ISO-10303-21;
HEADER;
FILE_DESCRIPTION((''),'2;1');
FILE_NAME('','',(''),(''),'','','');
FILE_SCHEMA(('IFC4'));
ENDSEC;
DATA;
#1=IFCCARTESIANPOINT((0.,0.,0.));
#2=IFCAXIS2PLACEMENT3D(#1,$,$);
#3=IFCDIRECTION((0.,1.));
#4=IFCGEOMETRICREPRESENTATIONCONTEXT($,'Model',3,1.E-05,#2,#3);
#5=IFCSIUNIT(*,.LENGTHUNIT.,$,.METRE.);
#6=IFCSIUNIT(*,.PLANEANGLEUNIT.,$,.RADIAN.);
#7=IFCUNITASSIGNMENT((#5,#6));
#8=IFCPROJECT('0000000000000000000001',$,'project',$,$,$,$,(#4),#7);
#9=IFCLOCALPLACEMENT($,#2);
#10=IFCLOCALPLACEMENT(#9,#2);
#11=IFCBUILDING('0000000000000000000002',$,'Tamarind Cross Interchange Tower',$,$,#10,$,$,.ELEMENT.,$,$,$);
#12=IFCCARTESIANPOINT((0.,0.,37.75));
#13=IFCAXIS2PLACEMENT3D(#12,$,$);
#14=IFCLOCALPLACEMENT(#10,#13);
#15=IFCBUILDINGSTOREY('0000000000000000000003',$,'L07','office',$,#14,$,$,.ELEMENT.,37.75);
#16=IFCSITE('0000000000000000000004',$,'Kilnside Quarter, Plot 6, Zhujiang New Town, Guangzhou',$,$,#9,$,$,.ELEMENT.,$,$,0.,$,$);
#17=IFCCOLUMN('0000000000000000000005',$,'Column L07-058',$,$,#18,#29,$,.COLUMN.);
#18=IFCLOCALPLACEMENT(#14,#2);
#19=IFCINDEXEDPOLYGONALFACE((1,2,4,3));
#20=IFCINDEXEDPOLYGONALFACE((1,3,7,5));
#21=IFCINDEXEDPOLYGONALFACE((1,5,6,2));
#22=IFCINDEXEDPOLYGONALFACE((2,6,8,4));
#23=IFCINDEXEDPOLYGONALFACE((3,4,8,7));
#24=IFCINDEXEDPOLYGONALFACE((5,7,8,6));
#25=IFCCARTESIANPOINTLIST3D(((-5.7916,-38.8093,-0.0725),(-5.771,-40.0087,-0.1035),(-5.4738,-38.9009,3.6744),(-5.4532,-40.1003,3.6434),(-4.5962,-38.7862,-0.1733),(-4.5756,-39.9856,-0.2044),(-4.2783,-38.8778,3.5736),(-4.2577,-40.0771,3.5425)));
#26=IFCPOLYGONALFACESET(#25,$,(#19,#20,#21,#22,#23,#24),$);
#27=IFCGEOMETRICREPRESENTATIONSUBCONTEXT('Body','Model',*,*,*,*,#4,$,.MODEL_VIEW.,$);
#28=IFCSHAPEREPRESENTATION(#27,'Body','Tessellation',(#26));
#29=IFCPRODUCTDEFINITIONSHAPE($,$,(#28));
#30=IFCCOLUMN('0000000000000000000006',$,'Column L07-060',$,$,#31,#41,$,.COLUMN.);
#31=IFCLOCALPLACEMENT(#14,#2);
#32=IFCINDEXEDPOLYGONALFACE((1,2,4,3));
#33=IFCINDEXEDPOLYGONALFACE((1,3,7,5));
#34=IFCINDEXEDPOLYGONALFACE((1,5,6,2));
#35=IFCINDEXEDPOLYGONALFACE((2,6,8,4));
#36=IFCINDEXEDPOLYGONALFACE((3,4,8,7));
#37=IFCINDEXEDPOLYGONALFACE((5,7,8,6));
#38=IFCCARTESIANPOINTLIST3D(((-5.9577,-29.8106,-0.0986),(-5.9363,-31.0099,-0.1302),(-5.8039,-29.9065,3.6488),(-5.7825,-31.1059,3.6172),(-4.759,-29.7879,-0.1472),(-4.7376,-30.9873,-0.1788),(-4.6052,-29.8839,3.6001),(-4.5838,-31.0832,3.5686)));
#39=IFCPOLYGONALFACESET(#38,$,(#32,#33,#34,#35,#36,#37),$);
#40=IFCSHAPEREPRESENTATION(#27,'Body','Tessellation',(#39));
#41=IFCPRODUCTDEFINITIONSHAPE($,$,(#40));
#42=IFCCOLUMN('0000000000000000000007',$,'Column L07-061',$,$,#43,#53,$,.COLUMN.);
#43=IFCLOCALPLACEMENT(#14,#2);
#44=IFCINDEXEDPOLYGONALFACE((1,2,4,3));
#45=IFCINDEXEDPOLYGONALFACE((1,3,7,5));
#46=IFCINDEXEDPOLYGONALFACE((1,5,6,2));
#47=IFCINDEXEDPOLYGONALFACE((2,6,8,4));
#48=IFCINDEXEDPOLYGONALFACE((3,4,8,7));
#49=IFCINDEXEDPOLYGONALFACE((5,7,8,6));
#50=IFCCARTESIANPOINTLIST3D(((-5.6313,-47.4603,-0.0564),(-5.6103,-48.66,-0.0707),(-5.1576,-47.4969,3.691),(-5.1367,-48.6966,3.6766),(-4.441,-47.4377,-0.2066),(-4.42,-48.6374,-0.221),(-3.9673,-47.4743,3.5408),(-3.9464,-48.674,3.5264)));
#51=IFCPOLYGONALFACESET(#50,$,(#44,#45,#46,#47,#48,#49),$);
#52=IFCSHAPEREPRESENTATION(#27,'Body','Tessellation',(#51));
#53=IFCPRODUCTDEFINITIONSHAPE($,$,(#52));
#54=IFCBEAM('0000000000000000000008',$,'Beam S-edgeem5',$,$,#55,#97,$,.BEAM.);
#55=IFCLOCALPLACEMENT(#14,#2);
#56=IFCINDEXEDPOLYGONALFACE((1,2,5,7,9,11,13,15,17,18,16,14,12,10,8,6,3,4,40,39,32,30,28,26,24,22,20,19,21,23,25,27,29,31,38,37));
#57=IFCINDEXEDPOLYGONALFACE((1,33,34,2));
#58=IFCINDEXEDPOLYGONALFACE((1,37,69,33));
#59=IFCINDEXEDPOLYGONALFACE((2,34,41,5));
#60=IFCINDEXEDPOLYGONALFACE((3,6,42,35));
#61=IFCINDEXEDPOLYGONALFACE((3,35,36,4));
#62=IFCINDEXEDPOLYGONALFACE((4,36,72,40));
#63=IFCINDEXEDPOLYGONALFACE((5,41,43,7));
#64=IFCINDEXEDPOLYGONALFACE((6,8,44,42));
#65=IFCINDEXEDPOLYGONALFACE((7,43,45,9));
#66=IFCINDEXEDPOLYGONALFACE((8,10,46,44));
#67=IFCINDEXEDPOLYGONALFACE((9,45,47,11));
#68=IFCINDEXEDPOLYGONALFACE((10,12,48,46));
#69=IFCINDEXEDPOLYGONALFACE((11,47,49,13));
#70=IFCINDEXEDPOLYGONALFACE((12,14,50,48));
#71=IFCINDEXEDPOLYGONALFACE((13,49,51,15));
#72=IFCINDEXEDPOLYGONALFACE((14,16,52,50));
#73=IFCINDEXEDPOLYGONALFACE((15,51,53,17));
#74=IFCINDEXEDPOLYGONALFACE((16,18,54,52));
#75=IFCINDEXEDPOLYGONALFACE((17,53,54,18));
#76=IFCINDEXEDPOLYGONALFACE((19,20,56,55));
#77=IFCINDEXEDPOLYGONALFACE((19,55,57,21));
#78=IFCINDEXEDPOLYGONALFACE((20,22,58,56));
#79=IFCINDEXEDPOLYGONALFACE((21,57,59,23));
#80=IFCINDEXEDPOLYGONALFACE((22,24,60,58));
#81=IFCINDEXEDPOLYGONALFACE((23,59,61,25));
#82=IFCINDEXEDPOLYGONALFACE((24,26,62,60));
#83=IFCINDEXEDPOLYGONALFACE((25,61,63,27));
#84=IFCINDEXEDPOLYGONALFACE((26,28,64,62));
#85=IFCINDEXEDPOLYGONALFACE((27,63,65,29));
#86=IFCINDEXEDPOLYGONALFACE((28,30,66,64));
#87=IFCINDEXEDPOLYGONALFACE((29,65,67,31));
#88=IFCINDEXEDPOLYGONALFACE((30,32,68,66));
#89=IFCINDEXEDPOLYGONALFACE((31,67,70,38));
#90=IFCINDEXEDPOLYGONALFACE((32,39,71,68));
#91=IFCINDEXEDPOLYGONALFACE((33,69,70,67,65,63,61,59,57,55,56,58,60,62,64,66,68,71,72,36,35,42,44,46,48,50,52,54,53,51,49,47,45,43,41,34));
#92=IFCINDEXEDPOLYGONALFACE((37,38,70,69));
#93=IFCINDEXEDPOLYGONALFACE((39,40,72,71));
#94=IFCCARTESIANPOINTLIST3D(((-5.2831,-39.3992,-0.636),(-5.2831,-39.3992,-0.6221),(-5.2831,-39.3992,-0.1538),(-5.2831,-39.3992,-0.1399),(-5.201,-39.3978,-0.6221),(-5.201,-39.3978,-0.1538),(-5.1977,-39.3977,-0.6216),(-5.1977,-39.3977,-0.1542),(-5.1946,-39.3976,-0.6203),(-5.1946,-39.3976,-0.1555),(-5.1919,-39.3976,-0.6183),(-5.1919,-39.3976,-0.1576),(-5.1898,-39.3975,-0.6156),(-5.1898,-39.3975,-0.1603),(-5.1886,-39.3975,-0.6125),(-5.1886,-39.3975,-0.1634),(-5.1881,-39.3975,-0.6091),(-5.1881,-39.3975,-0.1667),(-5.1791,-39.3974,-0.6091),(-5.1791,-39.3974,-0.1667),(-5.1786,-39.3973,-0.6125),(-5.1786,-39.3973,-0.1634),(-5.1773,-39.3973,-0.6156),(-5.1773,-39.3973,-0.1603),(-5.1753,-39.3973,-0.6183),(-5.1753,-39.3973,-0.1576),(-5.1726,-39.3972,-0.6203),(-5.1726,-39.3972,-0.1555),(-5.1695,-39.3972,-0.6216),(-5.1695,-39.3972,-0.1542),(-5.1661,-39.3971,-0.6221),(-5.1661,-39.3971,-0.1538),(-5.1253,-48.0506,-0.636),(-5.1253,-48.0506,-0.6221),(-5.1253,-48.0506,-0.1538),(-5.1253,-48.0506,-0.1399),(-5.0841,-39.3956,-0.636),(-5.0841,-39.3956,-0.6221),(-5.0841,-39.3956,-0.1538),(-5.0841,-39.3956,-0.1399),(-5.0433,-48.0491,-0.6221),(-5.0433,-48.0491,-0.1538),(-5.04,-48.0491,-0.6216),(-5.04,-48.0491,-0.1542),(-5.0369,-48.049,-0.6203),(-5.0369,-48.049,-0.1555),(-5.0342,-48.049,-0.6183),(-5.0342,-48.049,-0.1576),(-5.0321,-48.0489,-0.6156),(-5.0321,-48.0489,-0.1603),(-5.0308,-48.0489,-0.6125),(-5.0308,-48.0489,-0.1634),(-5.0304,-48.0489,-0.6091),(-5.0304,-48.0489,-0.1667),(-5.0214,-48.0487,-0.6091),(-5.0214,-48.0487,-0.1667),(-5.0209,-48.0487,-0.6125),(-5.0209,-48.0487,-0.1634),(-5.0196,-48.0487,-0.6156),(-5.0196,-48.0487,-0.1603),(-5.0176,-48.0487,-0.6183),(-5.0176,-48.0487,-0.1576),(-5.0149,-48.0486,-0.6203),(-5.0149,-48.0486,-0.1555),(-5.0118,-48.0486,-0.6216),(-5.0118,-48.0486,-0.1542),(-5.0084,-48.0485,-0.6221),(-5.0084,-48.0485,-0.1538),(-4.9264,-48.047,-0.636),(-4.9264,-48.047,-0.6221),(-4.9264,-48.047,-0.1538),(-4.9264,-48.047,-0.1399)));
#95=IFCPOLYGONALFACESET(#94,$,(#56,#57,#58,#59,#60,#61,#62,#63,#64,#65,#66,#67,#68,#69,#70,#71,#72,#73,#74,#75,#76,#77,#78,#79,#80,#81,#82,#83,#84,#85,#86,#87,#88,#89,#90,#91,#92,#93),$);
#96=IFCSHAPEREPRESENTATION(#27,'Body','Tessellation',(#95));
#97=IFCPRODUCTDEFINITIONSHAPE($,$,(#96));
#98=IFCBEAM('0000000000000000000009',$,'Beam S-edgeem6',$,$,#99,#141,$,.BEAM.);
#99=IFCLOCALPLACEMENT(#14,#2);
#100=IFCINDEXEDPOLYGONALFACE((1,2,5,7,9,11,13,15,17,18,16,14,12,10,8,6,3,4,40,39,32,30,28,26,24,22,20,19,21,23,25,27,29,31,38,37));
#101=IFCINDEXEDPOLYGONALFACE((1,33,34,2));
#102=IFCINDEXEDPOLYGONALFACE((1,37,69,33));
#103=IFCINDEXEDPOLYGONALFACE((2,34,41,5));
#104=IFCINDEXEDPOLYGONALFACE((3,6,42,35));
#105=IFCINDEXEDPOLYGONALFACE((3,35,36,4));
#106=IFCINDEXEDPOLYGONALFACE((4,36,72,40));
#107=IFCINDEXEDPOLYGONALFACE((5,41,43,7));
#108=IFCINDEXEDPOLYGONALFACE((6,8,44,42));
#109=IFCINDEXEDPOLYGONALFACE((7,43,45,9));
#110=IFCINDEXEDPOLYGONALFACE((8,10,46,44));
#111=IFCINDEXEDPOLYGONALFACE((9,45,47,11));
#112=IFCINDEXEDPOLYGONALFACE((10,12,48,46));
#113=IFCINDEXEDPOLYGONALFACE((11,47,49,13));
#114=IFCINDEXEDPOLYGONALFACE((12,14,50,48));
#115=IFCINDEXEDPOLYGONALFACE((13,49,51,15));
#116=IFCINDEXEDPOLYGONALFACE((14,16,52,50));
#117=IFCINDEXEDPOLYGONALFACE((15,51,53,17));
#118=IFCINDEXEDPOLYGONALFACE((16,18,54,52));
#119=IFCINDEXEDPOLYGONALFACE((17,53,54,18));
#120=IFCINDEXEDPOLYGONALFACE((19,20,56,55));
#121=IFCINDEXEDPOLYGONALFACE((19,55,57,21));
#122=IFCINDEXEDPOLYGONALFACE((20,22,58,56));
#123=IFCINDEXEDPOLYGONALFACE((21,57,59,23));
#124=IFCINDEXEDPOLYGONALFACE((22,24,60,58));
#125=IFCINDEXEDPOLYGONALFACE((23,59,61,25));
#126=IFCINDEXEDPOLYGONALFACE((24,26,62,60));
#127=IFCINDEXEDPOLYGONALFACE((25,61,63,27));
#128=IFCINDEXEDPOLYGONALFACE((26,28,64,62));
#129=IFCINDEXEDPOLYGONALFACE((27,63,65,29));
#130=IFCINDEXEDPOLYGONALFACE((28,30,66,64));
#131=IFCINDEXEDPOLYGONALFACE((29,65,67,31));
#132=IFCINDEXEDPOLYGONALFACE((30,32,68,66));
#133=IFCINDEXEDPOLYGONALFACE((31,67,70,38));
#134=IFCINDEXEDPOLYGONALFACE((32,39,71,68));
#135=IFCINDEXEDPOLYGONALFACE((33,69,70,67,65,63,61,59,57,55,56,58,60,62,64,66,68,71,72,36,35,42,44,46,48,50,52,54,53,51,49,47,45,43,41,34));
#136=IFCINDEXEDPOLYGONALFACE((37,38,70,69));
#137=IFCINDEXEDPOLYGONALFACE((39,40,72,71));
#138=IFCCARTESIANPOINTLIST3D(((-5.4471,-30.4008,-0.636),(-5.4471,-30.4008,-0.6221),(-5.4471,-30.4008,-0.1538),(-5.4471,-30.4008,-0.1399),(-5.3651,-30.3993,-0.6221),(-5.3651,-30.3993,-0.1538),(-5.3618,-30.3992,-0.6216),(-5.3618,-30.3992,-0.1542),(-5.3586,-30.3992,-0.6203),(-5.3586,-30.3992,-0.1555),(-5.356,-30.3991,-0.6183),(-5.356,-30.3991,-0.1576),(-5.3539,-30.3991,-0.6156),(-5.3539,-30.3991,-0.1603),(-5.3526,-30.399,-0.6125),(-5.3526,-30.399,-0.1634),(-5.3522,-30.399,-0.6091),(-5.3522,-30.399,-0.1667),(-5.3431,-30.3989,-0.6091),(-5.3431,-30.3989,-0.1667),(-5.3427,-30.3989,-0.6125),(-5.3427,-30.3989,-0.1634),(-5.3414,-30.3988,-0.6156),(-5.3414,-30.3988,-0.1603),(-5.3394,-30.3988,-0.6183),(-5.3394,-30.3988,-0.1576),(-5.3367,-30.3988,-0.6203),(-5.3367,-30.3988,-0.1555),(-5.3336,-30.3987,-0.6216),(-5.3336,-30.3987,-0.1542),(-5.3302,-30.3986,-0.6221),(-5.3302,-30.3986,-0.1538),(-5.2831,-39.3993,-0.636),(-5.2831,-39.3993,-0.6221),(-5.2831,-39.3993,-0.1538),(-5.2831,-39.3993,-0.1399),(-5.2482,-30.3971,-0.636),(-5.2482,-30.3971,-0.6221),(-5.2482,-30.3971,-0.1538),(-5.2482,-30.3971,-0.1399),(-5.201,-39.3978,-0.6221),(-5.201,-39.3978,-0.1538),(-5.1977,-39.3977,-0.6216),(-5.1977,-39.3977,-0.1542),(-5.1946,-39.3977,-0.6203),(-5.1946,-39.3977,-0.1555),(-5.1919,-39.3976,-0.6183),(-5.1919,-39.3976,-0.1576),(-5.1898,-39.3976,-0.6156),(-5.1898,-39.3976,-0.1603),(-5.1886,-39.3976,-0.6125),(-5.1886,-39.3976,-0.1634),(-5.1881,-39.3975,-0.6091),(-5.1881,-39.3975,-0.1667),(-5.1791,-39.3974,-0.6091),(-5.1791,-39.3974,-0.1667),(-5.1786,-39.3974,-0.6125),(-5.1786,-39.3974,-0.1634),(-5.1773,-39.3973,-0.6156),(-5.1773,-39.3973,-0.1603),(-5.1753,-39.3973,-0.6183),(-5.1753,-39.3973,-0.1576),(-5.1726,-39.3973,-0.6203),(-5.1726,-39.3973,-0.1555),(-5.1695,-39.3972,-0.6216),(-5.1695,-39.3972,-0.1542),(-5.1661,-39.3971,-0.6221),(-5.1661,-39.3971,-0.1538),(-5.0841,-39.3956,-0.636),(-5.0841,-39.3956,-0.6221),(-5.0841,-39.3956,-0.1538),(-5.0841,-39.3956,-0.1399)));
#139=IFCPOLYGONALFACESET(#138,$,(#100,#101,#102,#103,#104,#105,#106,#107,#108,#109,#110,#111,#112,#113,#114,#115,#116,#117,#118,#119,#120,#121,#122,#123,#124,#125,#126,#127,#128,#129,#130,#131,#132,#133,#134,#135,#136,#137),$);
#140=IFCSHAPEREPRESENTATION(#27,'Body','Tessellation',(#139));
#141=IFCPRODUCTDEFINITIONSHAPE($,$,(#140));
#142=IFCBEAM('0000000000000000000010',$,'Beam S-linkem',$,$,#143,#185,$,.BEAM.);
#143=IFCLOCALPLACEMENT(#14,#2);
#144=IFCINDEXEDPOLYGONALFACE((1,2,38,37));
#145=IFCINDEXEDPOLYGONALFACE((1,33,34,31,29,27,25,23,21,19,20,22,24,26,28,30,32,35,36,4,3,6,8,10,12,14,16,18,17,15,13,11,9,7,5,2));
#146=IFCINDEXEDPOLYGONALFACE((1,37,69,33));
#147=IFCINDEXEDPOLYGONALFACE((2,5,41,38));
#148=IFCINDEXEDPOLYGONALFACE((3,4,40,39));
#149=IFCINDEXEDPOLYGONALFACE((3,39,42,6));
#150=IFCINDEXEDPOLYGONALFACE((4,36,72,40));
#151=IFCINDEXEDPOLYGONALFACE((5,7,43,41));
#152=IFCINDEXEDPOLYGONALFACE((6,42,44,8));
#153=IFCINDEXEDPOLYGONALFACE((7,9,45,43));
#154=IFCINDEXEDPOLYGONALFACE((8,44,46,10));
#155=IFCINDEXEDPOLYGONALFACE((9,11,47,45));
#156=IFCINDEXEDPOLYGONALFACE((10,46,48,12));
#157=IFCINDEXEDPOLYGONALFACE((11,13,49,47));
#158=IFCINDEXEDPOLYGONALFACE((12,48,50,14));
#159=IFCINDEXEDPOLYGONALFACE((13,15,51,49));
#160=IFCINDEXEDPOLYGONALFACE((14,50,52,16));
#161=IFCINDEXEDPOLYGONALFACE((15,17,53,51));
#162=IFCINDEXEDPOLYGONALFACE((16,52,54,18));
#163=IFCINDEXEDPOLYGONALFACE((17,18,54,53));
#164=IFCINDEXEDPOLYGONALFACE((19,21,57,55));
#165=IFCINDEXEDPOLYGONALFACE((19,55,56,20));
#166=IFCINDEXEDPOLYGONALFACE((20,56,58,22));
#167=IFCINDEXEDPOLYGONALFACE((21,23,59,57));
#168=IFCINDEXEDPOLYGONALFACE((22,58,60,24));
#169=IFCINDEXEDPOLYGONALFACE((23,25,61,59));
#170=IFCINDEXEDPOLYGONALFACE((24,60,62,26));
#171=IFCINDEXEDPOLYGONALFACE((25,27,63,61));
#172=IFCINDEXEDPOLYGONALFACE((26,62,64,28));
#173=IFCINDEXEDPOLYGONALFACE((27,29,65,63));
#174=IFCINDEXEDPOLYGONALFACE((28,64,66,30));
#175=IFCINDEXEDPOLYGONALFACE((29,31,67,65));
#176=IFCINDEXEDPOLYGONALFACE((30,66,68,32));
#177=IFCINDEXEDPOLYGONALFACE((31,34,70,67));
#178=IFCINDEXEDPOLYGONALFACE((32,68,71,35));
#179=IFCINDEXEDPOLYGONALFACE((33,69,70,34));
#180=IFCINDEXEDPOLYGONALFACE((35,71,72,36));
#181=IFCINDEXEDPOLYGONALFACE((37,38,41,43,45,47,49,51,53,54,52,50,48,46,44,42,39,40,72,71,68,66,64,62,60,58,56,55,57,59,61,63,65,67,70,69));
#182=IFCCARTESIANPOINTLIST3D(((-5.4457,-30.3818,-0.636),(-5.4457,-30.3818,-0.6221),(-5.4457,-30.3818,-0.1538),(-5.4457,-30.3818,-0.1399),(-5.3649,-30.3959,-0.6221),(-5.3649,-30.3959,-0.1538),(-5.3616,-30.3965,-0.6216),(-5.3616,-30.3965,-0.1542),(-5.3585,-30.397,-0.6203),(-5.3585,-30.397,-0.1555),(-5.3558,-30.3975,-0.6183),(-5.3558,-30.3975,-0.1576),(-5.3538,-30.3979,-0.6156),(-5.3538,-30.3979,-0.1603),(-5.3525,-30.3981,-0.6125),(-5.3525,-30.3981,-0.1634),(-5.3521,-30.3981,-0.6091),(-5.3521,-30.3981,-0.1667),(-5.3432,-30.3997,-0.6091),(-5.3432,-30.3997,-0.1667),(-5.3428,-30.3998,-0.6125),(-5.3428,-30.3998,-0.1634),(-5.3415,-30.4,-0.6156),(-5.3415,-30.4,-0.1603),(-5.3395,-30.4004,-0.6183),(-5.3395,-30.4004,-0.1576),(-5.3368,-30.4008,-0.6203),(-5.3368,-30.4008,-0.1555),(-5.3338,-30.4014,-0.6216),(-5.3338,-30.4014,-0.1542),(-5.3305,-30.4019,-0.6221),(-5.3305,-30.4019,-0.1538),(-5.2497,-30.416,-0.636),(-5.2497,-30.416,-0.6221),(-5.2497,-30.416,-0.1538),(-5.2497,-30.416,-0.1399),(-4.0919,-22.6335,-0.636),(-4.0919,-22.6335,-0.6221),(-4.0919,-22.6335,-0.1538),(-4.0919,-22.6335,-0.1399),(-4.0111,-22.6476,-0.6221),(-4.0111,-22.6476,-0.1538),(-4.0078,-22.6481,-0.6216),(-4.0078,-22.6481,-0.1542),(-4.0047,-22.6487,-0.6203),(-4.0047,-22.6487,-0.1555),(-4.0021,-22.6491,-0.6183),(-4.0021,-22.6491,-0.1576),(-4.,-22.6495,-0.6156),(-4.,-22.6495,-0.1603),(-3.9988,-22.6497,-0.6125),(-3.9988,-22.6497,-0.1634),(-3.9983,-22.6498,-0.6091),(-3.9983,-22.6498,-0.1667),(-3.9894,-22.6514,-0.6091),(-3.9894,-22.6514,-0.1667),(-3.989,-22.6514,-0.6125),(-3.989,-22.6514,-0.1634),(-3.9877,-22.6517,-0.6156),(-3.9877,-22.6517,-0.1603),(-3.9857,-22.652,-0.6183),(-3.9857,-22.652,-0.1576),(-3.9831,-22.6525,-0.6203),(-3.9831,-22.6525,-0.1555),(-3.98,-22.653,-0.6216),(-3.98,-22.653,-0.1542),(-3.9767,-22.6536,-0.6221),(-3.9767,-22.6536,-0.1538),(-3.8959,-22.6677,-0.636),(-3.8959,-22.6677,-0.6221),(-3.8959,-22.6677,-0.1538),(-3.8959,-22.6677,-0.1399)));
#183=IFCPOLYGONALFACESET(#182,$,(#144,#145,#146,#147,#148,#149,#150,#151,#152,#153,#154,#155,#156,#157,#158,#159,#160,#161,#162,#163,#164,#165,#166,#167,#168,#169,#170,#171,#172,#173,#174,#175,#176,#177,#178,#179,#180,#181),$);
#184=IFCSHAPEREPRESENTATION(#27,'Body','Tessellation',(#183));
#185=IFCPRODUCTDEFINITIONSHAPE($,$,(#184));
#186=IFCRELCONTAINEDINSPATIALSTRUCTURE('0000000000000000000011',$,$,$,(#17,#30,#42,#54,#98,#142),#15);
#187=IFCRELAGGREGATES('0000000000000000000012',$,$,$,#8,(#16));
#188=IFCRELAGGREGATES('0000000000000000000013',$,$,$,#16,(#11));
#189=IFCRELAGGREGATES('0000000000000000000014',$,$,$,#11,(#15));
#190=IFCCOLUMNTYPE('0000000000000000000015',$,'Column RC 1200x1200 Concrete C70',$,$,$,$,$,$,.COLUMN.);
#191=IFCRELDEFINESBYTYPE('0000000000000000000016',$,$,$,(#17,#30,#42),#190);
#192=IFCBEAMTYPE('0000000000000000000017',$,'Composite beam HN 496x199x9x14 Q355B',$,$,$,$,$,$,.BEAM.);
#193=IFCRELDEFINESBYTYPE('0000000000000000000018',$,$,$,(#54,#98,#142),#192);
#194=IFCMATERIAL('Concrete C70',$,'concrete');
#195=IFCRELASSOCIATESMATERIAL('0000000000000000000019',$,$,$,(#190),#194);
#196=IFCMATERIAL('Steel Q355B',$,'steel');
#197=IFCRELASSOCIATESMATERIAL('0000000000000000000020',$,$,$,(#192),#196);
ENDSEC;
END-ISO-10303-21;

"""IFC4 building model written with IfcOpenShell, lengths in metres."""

from ifc_helpers import new_model, si_unit, direction, frame, origin, origin_2d, place, context, subcontext, project, spatial, rectangle, i_section, extrude, material, material_profile, profile_set, type_object, element, save


model = new_model("IFC4")

# Units and contexts
model_context = context("Model", 3, precision=1e-05, world=origin(), true_north=direction((0.0, 1.0)))
body_context = subcontext(model_context, "Body", "Model", "MODEL_VIEW")
ifc_project = project(units=[si_unit("LENGTHUNIT", "METRE"), si_unit("PLANEANGLEUNIT", "RADIAN")], contexts=[model_context])

# Site, building, storey
site_placement = place(None, origin())
site = spatial("IfcSite", under=ifc_project, at=site_placement, Name="Kilnside Quarter, Plot 6, Zhujiang New Town, Guangzhou", CompositionType="ELEMENT", RefElevation=0.0)
building_placement = place(site_placement, origin())
building = spatial("IfcBuilding", under=site, at=building_placement, Name="Tamarind Cross Interchange Tower", CompositionType="ELEMENT")
storey_placement = place(building_placement, frame((0.0, 0.0, 37.75)))
storey = spatial("IfcBuildingStorey", under=building, at=storey_placement, Name="L07", Description="office", CompositionType="ELEMENT", Elevation=37.75)

# Columns
ifc_material_1 = material(Name="Concrete C70", Category="concrete")
ifc_material_profile_1 = material_profile(ifc_material_1, rectangle(XDim=1.2, YDim=1.2, at=origin_2d()), Name="RC 1200x1200")
ifc_profile_set_1 = profile_set([ifc_material_profile_1], Name="Concrete C70")
column_type = type_object("IfcColumnType", Name="Column RC 1200x1200 Concrete C70", PredefinedType="COLUMN", material=ifc_profile_set_1)
column_1_placement = place(storey_placement, frame((-5.1836, -39.3975, -0.1384), z_axis=(0.084509, -0.02434, 0.996125), x_axis=(-0.017171, 0.999518, 0.02588)))
element("IfcColumn", 1, at=column_1_placement, inside=storey, type_object=column_type, Name="Column L07-058", PredefinedType="COLUMN", context=body_context, shape_type="SweptSolid", body=[
    extrude(rectangle(XDim=1.2, YDim=1.2, at=origin_2d()), origin(), (0.0, 0.0, 1.0), 3.7615),
])
column_2_placement = place(storey_placement, frame((-5.3477, -30.3989, -0.1387), z_axis=(0.040997, -0.025574, 0.998832), x_axis=(-0.017816, 0.999495, 0.026323)))
element("IfcColumn", 2, at=column_2_placement, inside=storey, type_object=column_type, Name="Column L07-060", PredefinedType="COLUMN", context=body_context, shape_type="SweptSolid", body=[
    extrude(rectangle(XDim=1.2, YDim=1.2, at=origin_2d()), origin(), (0.0, 0.0, 1.0), 3.7517),
])
column_3_placement = place(storey_placement, frame((-5.0256, -48.0488, -0.1387), z_axis=(0.125389, -0.009695, 0.99206), x_axis=(-0.017448, 0.999776, 0.011976)))
element("IfcColumn", 3, at=column_3_placement, inside=storey, type_object=column_type, Name="Column L07-061", PredefinedType="COLUMN", context=body_context, shape_type="SweptSolid", body=[
    extrude(rectangle(XDim=1.2, YDim=1.2, at=origin_2d()), origin(), (0.0, 0.0, 1.0), 3.7773),
])

# Beams
ifc_material_2 = material(Name="Steel Q355B", Category="steel")
ifc_material_profile_2 = material_profile(ifc_material_2, i_section(OverallWidth=0.199, OverallDepth=0.4961, WebThickness=0.009, FlangeThickness=0.0139, FilletRadius=0.0129, at=origin_2d()), Name="HN 496x199x9x14")
ifc_profile_set_2 = profile_set([ifc_material_profile_2], Name="Steel Q355B")
beam_type_1 = type_object("IfcBeamType", Name="Composite beam HN 496x199x9x14 Q355B", PredefinedType="BEAM", material=ifc_profile_set_2)
beam_1_placement = place(storey_placement, frame((-5.0259, -48.0488, -0.3879), z_axis=(-0.018227, 0.999834, 0.0), x_axis=(-0.999834, -0.018227, 0.0)))
element("IfcBeam", 4, at=beam_1_placement, inside=storey, type_object=beam_type_1, Name="Beam S-edgeem5", PredefinedType="BEAM", context=body_context, shape_type="SweptSolid", body=[
    extrude(i_section(OverallWidth=0.199, OverallDepth=0.4961, WebThickness=0.009, FlangeThickness=0.0139, FilletRadius=0.0129, at=origin_2d()), origin(), (0.0, 0.0, 1.0), 8.6528),
])
beam_2_placement = place(storey_placement, frame((-5.1836, -39.3975, -0.3879), z_axis=(-0.018229, 0.999834, 0.0), x_axis=(-0.999834, -0.018229, 0.0)))
element("IfcBeam", 5, at=beam_2_placement, inside=storey, type_object=beam_type_1, Name="Beam S-edgeem6", PredefinedType="BEAM", context=body_context, shape_type="SweptSolid", body=[
    extrude(i_section(OverallWidth=0.199, OverallDepth=0.4961, WebThickness=0.009, FlangeThickness=0.0139, FilletRadius=0.0129, at=origin_2d()), origin(), (0.0, 0.0, 1.0), 9.0),
])
beam_3_placement = place(storey_placement, frame((-5.3477, -30.3989, -0.3879), z_axis=(0.17211, 0.985078, 0.0), x_axis=(-0.985078, 0.17211, 0.0)))
element("IfcBeam", 6, at=beam_3_placement, inside=storey, type_object=beam_type_1, Name="Beam S-linkem", PredefinedType="BEAM", context=body_context, shape_type="SweptSolid", body=[
    extrude(i_section(OverallWidth=0.199, OverallDepth=0.4961, WebThickness=0.009, FlangeThickness=0.0139, FilletRadius=0.0129, at=origin_2d()), origin(), (0.0, 0.0, 1.0), 7.8657),
])

save(model, "model.ifc")
